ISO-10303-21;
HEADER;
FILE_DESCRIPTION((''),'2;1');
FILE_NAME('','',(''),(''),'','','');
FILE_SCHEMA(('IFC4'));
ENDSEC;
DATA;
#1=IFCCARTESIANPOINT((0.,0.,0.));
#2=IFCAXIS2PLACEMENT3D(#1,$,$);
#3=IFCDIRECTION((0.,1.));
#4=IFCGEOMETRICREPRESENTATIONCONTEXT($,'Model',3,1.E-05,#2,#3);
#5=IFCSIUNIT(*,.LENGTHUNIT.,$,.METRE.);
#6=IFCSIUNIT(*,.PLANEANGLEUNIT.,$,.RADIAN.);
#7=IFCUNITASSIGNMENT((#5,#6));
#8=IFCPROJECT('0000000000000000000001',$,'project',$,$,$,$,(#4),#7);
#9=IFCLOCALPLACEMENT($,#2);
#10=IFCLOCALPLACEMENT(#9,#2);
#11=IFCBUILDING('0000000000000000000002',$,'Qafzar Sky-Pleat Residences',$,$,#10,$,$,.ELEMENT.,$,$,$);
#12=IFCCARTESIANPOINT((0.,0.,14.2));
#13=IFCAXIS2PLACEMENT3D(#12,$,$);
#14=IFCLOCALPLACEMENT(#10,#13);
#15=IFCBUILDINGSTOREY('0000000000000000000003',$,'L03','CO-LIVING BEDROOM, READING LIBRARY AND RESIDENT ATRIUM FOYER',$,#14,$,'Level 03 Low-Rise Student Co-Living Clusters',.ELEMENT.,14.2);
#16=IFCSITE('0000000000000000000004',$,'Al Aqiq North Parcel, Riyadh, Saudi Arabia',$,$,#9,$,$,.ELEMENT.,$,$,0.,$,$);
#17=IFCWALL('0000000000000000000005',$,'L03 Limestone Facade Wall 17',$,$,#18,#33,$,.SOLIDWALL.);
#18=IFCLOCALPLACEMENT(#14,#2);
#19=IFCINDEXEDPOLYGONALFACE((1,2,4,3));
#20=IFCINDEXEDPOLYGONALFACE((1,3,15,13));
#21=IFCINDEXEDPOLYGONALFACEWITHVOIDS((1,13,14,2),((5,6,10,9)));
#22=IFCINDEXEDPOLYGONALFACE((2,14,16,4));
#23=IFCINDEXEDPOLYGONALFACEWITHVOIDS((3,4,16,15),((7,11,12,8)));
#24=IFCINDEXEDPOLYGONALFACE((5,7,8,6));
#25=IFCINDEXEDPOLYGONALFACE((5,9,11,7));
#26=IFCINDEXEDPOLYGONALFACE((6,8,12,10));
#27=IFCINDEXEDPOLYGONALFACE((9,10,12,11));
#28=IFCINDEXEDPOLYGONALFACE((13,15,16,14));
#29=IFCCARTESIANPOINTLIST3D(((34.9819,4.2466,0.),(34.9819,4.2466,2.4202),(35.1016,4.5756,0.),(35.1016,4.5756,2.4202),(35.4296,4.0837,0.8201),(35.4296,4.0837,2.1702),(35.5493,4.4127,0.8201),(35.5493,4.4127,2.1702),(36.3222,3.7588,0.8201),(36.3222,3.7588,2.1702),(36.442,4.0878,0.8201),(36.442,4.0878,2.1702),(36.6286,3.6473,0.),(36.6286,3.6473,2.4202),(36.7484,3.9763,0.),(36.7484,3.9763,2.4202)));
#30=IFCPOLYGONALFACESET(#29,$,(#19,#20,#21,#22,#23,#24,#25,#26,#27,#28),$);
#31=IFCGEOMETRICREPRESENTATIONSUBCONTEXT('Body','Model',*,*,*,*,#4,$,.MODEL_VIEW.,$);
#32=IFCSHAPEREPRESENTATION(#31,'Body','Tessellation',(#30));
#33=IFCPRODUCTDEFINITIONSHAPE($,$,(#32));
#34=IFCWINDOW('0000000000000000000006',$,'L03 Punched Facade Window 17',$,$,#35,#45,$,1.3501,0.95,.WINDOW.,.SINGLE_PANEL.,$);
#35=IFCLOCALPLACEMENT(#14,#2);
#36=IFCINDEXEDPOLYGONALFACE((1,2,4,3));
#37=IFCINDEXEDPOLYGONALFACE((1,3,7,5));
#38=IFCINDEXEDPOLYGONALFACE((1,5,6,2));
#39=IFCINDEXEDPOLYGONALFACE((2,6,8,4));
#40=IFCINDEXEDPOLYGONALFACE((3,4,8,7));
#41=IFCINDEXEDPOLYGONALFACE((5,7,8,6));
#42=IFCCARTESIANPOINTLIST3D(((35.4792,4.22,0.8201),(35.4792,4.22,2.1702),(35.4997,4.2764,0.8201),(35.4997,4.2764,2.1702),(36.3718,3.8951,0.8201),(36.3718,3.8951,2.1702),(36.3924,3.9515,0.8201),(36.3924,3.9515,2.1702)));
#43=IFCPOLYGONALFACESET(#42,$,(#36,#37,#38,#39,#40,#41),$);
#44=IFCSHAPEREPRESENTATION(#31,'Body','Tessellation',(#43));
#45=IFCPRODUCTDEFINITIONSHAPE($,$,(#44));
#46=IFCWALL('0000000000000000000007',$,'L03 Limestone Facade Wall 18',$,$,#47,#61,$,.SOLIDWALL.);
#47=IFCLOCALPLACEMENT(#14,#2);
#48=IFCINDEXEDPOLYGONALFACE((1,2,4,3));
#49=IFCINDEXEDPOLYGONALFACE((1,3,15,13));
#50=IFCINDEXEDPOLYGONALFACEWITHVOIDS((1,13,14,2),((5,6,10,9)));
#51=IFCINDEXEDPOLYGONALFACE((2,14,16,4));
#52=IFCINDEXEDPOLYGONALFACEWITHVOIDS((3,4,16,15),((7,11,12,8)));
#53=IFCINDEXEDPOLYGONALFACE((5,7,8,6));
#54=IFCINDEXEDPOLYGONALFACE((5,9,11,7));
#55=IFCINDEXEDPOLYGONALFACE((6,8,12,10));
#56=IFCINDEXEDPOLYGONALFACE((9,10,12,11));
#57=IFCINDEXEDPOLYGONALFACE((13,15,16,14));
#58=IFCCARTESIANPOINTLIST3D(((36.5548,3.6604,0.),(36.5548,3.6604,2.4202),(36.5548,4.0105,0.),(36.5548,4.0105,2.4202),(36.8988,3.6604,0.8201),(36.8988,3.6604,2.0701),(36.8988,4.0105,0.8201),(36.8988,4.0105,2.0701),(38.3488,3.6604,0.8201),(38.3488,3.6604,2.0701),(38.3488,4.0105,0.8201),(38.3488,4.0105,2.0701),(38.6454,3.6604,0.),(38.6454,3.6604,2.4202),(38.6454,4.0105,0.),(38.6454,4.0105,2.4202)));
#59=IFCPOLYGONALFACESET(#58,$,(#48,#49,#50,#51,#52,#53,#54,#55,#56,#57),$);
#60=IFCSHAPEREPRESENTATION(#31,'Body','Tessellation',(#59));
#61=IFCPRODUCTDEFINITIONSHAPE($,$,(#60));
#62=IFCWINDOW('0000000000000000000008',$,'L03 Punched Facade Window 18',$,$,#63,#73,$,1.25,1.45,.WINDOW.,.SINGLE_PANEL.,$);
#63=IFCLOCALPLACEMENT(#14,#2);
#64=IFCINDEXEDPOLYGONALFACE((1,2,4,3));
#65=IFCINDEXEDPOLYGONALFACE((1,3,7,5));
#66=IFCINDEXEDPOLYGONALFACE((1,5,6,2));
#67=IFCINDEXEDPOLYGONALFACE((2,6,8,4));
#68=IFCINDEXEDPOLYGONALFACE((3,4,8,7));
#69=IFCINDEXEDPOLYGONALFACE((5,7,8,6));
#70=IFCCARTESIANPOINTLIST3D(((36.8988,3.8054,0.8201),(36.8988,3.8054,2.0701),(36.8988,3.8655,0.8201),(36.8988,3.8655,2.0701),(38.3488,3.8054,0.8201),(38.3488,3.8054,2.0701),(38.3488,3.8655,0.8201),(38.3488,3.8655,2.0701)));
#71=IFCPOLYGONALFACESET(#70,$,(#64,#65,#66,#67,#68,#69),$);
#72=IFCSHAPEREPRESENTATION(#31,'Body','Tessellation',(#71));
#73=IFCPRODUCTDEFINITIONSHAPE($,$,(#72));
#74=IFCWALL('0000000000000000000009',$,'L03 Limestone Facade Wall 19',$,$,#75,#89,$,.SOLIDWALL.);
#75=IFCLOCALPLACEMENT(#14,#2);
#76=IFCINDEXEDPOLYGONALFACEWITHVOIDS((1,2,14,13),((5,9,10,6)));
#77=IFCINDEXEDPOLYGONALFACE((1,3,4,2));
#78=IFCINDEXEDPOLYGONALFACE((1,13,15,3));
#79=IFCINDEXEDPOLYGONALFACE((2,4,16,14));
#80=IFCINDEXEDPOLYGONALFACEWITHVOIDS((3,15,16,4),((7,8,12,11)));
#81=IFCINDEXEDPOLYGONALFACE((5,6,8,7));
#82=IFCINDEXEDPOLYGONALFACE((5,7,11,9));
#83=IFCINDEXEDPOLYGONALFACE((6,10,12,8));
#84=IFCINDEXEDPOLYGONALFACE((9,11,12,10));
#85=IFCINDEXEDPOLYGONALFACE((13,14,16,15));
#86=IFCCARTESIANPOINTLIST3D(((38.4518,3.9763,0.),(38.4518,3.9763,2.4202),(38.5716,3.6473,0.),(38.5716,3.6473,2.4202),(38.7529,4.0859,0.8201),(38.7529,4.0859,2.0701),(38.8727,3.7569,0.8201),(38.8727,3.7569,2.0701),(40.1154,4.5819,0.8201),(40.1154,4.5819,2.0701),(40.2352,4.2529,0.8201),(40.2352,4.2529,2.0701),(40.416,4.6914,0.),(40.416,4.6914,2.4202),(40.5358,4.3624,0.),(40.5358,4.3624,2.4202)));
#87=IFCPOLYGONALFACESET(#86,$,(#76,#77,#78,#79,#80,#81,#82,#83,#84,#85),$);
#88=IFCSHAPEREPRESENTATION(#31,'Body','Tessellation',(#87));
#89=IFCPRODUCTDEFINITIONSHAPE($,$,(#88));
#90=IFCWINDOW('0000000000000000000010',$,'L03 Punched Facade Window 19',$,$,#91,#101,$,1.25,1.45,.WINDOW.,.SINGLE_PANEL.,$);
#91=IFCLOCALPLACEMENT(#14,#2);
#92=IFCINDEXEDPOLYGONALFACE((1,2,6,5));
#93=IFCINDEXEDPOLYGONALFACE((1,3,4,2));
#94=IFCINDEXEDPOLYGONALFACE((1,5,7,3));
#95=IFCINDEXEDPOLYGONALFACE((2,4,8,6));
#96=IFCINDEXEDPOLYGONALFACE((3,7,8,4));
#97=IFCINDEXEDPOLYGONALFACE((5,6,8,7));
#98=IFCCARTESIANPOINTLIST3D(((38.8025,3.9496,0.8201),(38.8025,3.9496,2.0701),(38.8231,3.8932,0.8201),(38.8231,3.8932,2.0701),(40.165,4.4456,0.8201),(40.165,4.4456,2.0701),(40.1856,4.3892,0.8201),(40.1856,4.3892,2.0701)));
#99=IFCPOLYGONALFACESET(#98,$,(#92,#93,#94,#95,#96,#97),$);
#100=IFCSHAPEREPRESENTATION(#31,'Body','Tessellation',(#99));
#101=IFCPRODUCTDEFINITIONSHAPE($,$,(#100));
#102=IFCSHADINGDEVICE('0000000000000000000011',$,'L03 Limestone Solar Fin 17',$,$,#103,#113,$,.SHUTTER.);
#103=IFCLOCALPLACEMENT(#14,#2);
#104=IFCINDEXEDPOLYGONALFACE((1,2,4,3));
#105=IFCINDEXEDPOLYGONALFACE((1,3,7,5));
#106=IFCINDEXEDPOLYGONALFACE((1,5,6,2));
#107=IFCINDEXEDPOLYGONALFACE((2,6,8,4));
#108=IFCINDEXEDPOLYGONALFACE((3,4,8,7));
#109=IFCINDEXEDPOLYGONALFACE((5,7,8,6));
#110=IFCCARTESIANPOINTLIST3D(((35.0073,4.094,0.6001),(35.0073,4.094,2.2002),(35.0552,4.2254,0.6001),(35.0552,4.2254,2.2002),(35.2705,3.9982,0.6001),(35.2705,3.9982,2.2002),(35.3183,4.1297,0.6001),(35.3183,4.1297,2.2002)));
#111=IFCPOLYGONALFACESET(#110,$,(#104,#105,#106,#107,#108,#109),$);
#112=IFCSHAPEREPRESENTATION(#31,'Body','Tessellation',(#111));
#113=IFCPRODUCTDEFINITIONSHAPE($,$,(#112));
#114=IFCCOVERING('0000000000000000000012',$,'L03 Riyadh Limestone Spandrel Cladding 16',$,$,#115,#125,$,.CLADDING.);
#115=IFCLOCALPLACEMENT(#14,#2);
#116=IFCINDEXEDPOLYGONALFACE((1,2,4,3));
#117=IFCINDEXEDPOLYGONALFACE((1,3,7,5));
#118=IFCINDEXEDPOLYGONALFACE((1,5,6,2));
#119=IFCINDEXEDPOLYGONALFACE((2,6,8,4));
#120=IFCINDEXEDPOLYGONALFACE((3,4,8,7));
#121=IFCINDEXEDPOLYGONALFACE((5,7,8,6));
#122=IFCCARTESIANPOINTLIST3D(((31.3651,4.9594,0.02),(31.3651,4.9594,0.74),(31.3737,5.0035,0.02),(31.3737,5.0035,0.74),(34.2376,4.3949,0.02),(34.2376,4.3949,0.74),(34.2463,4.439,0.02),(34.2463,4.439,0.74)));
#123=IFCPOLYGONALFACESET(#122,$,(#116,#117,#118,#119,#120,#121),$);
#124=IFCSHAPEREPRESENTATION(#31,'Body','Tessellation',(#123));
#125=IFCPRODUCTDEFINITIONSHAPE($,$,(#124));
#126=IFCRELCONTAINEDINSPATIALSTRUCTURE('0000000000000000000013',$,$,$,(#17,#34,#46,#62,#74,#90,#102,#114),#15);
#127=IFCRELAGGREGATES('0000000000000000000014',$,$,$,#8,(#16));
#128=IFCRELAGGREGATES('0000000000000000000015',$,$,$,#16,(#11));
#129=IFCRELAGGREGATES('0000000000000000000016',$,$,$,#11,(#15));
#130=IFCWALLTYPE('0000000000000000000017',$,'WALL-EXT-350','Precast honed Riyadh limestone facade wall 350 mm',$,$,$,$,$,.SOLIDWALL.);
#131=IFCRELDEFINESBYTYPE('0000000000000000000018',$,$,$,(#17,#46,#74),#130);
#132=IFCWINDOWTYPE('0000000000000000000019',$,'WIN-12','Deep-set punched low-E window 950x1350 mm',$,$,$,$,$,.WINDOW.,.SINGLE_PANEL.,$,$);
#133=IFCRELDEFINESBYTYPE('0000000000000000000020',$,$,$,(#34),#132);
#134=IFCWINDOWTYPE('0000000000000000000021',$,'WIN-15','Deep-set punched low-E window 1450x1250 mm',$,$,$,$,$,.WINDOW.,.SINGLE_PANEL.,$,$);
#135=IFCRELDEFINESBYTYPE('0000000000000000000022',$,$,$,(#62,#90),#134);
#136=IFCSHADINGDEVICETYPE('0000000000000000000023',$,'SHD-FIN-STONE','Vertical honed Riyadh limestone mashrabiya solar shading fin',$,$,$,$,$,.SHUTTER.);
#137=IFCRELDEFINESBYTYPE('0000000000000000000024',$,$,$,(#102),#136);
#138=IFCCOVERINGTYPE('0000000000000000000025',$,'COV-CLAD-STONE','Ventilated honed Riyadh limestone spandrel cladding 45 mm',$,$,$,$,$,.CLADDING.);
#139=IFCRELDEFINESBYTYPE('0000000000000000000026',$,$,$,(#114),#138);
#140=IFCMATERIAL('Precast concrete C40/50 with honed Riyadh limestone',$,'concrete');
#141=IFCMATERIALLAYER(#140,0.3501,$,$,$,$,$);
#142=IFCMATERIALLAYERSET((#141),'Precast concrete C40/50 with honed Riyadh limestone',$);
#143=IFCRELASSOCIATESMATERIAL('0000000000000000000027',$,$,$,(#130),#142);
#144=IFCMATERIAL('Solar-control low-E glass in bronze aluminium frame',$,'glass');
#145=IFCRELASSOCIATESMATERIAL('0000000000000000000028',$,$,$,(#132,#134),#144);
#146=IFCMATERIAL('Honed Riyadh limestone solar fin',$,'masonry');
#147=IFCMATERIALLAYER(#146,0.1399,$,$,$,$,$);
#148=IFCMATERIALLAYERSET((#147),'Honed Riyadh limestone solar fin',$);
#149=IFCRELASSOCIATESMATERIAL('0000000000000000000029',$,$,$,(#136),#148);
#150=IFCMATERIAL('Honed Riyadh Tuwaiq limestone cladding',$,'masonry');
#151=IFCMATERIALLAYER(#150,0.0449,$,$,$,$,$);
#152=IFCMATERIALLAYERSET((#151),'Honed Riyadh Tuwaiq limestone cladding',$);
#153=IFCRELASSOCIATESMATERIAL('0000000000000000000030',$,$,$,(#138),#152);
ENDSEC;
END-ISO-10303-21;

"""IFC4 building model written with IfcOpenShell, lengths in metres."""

from ifc_helpers import new_model, si_unit, direction, frame, frame_2d, origin, origin_2d, place, context, subcontext, project, spatial, rectangle, extrude, source, transform, mapped, material, layer, layer_set, type_object, element, fill, save


model = new_model("IFC4")

# Units and contexts
model_context = context("Model", 3, precision=1e-05, world=origin(), true_north=direction((0.0, 1.0)))
body_context = subcontext(model_context, "Body", "Model", "MODEL_VIEW")
ifc_project = project(units=[si_unit("LENGTHUNIT", "METRE"), si_unit("PLANEANGLEUNIT", "RADIAN")], contexts=[model_context])

# Site, building, storey
site_placement = place(None, origin())
site = spatial("IfcSite", under=ifc_project, at=site_placement, Name="Al Aqiq North Parcel, Riyadh, Saudi Arabia", CompositionType="ELEMENT", RefElevation=0.0)
building_placement = place(site_placement, origin())
building = spatial("IfcBuilding", under=site, at=building_placement, Name="Qafzar Sky-Pleat Residences", CompositionType="ELEMENT")
storey_placement = place(building_placement, frame((0.0, 0.0, 14.2)))
storey = spatial("IfcBuildingStorey", under=building, at=storey_placement, Name="L03", Description="CO-LIVING BEDROOM, READING LIBRARY AND RESIDENT ATRIUM FOYER", LongName="Level 03 Low-Rise Student Co-Living Clusters", CompositionType="ELEMENT", Elevation=14.2)

# Shared definitions
ifc_material_1 = material(Name="Precast concrete C40/50 with honed Riyadh limestone", Category="concrete")
ifc_layer_1 = layer(ifc_material_1, 0.3501)
ifc_layer_set_1 = layer_set([ifc_layer_1], Name="Precast concrete C40/50 with honed Riyadh limestone")
wall_type_1 = type_object("IfcWallType", Name="WALL-EXT-350", Description="Precast honed Riyadh limestone facade wall 350 mm", PredefinedType="SOLIDWALL", material=ifc_layer_set_1)
ifc_material_2 = material(Name="Solar-control low-E glass in bronze aluminium frame", Category="glass")

# Walls, openings, windows
wall_1_placement = place(storey_placement, frame((35.0417, 4.4111, 0.0), z_axis=(0.0, 0.0, 1.0), x_axis=(0.939692, -0.342023, 0.0)))
wall_1 = element("IfcWall", 1, at=wall_1_placement, inside=storey, type_object=wall_type_1, Name="L03 Limestone Facade Wall 17", PredefinedType="SOLIDWALL", context=body_context, shape_type="SweptSolid", body=[
    extrude(rectangle(XDim=1.7524, YDim=0.3501, at=frame_2d((0.8762, 0.0))), origin(), (0.0, 0.0, 1.0), 2.4202),
])
opening_1_placement = place(wall_1_placement, frame((0.4763, 0.0, 0.8201)))
opening_1 = element("IfcOpeningElement", 2, at=opening_1_placement, cuts=wall_1, PredefinedType="OPENING", context=body_context, shape_type="SweptSolid", body=[
    extrude(rectangle(XDim=0.95, YDim=1.3501, at=frame_2d((0.4751, 0.675))), frame((0.0, 0.1851, 0.0), z_axis=(0.0, -1.0, 0.0), x_axis=(1.0, 0.0, 0.0)), (0.0, 0.0, 1.0), 0.3701),
])
window_type_1 = type_object("IfcWindowType", Name="WIN-12", Description="Deep-set punched low-E window 950x1350 mm", PartitioningType="SINGLE_PANEL", PredefinedType="WINDOW", material=ifc_material_2)
shared_shape_1 = source(origin(), body_context, "Body", "SweptSolid", [
    extrude(rectangle(XDim=0.95, YDim=1.3501, at=frame_2d((0.4751, 0.675))), frame((0.0, 0.03, 0.0), z_axis=(0.0, -1.0, 0.0), x_axis=(1.0, 0.0, 0.0)), (0.0, 0.0, 1.0), 0.0601),
])
window_1_placement = place(opening_1_placement, origin())
window_1 = element("IfcWindow", 3, at=window_1_placement, inside=storey, type_object=window_type_1, Name="L03 Punched Facade Window 17", OverallHeight=1.3501, OverallWidth=0.95, PartitioningType="SINGLE_PANEL", PredefinedType="WINDOW", context=body_context, shape_type="MappedRepresentation", body=[
    mapped(shared_shape_1, transform((0.0, 0.0, 0.0), x_axis=(1.0, 0.0, 0.0), y_axis=(0.0, 1.0, 0.0), z_axis=(0.0, 0.0, 1.0), scale=1.0)),
])
fill(opening_1, window_1)
wall_2_placement = place(storey_placement, frame((36.5547, 3.8354, 0.0), z_axis=(0.0, 0.0, 1.0), x_axis=(1.0, 0.0, 0.0)))
wall_2 = element("IfcWall", 4, at=wall_2_placement, inside=storey, type_object=wall_type_1, Name="L03 Limestone Facade Wall 18", PredefinedType="SOLIDWALL", context=body_context, shape_type="SweptSolid", body=[
    extrude(rectangle(XDim=2.0906, YDim=0.3501, at=frame_2d((1.0454, 0.0))), origin(), (0.0, 0.0, 1.0), 2.4202),
])
opening_2_placement = place(wall_2_placement, frame((0.344, 0.0, 0.8201)))
opening_2 = element("IfcOpeningElement", 5, at=opening_2_placement, cuts=wall_2, PredefinedType="OPENING", context=body_context, shape_type="SweptSolid", body=[
    extrude(rectangle(XDim=1.45, YDim=1.25, at=frame_2d((0.7251, 0.625))), frame((0.0, 0.1851, 0.0), z_axis=(0.0, -1.0, 0.0), x_axis=(1.0, 0.0, 0.0)), (0.0, 0.0, 1.0), 0.3701),
])
window_type_2 = type_object("IfcWindowType", Name="WIN-15", Description="Deep-set punched low-E window 1450x1250 mm", PartitioningType="SINGLE_PANEL", PredefinedType="WINDOW", material=ifc_material_2)
shared_shape_2 = source(origin(), body_context, "Body", "SweptSolid", [
    extrude(rectangle(XDim=1.45, YDim=1.25, at=frame_2d((0.7251, 0.625))), frame((0.0, 0.03, 0.0), z_axis=(0.0, -1.0, 0.0), x_axis=(1.0, 0.0, 0.0)), (0.0, 0.0, 1.0), 0.0601),
])
window_2_placement = place(opening_2_placement, origin())
window_2 = element("IfcWindow", 6, at=window_2_placement, inside=storey, type_object=window_type_2, Name="L03 Punched Facade Window 18", OverallHeight=1.25, OverallWidth=1.45, PartitioningType="SINGLE_PANEL", PredefinedType="WINDOW", context=body_context, shape_type="MappedRepresentation", body=[
    mapped(shared_shape_2, transform((0.0, 0.0, 0.0), x_axis=(1.0, 0.0, 0.0), y_axis=(0.0, 1.0, 0.0), z_axis=(0.0, 0.0, 1.0), scale=1.0)),
])
fill(opening_2, window_2)
wall_3_placement = place(storey_placement, frame((38.5117, 3.8118, 0.0), z_axis=(0.0, 0.0, 1.0), x_axis=(0.93966, 0.342109, 0.0)))
wall_3 = element("IfcWall", 7, at=wall_3_placement, inside=storey, type_object=wall_type_1, Name="L03 Limestone Facade Wall 19", PredefinedType="SOLIDWALL", context=body_context, shape_type="SweptSolid", body=[
    extrude(rectangle(XDim=2.0903, YDim=0.3501, at=frame_2d((1.0452, 0.0))), origin(), (0.0, 0.0, 1.0), 2.4202),
])
opening_3_placement = place(wall_3_placement, frame((0.3203, 0.0, 0.8201)))
opening_3 = element("IfcOpeningElement", 8, at=opening_3_placement, cuts=wall_3, PredefinedType="OPENING", context=body_context, shape_type="SweptSolid", body=[
    extrude(rectangle(XDim=1.45, YDim=1.25, at=frame_2d((0.7251, 0.625))), frame((0.0, 0.1851, 0.0), z_axis=(0.0, -1.0, 0.0), x_axis=(1.0, 0.0, 0.0)), (0.0, 0.0, 1.0), 0.3701),
])
window_3_placement = place(opening_3_placement, origin())
window_3 = element("IfcWindow", 9, at=window_3_placement, inside=storey, type_object=window_type_2, Name="L03 Punched Facade Window 19", OverallHeight=1.25, OverallWidth=1.45, PartitioningType="SINGLE_PANEL", PredefinedType="WINDOW", context=body_context, shape_type="MappedRepresentation", body=[
    mapped(shared_shape_2, transform((0.0, 0.0, 0.0), x_axis=(1.0, 0.0, 0.0), y_axis=(0.0, 1.0, 0.0), z_axis=(0.0, 0.0, 1.0), scale=1.0)),
])
fill(opening_3, window_3)

# Shading device
ifc_material_3 = material(Name="Honed Riyadh limestone solar fin", Category="masonry")
ifc_layer_2 = layer(ifc_material_3, 0.1399)
ifc_layer_set_2 = layer_set([ifc_layer_2], Name="Honed Riyadh limestone solar fin")
shading_device_type = type_object("IfcShadingDeviceType", Name="SHD-FIN-STONE", Description="Vertical honed Riyadh limestone mashrabiya solar shading fin", PredefinedType="SHUTTER", material=ifc_layer_set_2)
shared_shape_3 = source(origin(), body_context, "Body", "SweptSolid", [
    extrude(rectangle(XDim=0.1399, YDim=0.28, at=origin_2d()), origin(), (0.0, 0.0, 1.0), 1.6001),
])
shading_device_placement = place(storey_placement, frame((35.1628, 4.1118, 0.6001), z_axis=(0.0, 0.0, 1.0), x_axis=(-0.342054, -0.93968, 0.0)))
element("IfcShadingDevice", 10, at=shading_device_placement, inside=storey, type_object=shading_device_type, Name="L03 Limestone Solar Fin 17", PredefinedType="SHUTTER", context=body_context, shape_type="MappedRepresentation", body=[
    mapped(shared_shape_3, transform((0.0, 0.0, 0.0), x_axis=(1.0, 0.0, 0.0), y_axis=(0.0, 1.0, 0.0), z_axis=(0.0, 0.0, 1.0), scale=1.0)),
])

# Covering
ifc_material_4 = material(Name="Honed Riyadh Tuwaiq limestone cladding", Category="masonry")
ifc_layer_3 = layer(ifc_material_4, 0.0449)
ifc_layer_set_3 = layer_set([ifc_layer_3], Name="Honed Riyadh Tuwaiq limestone cladding")
covering_type = type_object("IfcCoveringType", Name="COV-CLAD-STONE", Description="Ventilated honed Riyadh limestone spandrel cladding 45 mm", PredefinedType="CLADDING", material=ifc_layer_set_3)
shared_shape_4 = source(origin(), body_context, "Body", "SweptSolid", [
    extrude(rectangle(XDim=2.9275, YDim=0.0449, at=origin_2d()), origin(), (0.0, 0.0, 1.0), 0.72),
])
covering_placement = place(storey_placement, frame((32.8057, 4.6992, 0.02), z_axis=(0.0, 0.0, 1.0), x_axis=(0.981233, -0.192828, 0.0)))
element("IfcCovering", 11, at=covering_placement, inside=storey, type_object=covering_type, Name="L03 Riyadh Limestone Spandrel Cladding 16", PredefinedType="CLADDING", context=body_context, shape_type="MappedRepresentation", body=[
    mapped(shared_shape_4, transform((0.0, 0.0, 0.0), x_axis=(1.0, 0.0, 0.0), y_axis=(0.0, 1.0, 0.0), z_axis=(0.0, 0.0, 1.0), scale=1.0)),
])

save(model, "model.ifc")
